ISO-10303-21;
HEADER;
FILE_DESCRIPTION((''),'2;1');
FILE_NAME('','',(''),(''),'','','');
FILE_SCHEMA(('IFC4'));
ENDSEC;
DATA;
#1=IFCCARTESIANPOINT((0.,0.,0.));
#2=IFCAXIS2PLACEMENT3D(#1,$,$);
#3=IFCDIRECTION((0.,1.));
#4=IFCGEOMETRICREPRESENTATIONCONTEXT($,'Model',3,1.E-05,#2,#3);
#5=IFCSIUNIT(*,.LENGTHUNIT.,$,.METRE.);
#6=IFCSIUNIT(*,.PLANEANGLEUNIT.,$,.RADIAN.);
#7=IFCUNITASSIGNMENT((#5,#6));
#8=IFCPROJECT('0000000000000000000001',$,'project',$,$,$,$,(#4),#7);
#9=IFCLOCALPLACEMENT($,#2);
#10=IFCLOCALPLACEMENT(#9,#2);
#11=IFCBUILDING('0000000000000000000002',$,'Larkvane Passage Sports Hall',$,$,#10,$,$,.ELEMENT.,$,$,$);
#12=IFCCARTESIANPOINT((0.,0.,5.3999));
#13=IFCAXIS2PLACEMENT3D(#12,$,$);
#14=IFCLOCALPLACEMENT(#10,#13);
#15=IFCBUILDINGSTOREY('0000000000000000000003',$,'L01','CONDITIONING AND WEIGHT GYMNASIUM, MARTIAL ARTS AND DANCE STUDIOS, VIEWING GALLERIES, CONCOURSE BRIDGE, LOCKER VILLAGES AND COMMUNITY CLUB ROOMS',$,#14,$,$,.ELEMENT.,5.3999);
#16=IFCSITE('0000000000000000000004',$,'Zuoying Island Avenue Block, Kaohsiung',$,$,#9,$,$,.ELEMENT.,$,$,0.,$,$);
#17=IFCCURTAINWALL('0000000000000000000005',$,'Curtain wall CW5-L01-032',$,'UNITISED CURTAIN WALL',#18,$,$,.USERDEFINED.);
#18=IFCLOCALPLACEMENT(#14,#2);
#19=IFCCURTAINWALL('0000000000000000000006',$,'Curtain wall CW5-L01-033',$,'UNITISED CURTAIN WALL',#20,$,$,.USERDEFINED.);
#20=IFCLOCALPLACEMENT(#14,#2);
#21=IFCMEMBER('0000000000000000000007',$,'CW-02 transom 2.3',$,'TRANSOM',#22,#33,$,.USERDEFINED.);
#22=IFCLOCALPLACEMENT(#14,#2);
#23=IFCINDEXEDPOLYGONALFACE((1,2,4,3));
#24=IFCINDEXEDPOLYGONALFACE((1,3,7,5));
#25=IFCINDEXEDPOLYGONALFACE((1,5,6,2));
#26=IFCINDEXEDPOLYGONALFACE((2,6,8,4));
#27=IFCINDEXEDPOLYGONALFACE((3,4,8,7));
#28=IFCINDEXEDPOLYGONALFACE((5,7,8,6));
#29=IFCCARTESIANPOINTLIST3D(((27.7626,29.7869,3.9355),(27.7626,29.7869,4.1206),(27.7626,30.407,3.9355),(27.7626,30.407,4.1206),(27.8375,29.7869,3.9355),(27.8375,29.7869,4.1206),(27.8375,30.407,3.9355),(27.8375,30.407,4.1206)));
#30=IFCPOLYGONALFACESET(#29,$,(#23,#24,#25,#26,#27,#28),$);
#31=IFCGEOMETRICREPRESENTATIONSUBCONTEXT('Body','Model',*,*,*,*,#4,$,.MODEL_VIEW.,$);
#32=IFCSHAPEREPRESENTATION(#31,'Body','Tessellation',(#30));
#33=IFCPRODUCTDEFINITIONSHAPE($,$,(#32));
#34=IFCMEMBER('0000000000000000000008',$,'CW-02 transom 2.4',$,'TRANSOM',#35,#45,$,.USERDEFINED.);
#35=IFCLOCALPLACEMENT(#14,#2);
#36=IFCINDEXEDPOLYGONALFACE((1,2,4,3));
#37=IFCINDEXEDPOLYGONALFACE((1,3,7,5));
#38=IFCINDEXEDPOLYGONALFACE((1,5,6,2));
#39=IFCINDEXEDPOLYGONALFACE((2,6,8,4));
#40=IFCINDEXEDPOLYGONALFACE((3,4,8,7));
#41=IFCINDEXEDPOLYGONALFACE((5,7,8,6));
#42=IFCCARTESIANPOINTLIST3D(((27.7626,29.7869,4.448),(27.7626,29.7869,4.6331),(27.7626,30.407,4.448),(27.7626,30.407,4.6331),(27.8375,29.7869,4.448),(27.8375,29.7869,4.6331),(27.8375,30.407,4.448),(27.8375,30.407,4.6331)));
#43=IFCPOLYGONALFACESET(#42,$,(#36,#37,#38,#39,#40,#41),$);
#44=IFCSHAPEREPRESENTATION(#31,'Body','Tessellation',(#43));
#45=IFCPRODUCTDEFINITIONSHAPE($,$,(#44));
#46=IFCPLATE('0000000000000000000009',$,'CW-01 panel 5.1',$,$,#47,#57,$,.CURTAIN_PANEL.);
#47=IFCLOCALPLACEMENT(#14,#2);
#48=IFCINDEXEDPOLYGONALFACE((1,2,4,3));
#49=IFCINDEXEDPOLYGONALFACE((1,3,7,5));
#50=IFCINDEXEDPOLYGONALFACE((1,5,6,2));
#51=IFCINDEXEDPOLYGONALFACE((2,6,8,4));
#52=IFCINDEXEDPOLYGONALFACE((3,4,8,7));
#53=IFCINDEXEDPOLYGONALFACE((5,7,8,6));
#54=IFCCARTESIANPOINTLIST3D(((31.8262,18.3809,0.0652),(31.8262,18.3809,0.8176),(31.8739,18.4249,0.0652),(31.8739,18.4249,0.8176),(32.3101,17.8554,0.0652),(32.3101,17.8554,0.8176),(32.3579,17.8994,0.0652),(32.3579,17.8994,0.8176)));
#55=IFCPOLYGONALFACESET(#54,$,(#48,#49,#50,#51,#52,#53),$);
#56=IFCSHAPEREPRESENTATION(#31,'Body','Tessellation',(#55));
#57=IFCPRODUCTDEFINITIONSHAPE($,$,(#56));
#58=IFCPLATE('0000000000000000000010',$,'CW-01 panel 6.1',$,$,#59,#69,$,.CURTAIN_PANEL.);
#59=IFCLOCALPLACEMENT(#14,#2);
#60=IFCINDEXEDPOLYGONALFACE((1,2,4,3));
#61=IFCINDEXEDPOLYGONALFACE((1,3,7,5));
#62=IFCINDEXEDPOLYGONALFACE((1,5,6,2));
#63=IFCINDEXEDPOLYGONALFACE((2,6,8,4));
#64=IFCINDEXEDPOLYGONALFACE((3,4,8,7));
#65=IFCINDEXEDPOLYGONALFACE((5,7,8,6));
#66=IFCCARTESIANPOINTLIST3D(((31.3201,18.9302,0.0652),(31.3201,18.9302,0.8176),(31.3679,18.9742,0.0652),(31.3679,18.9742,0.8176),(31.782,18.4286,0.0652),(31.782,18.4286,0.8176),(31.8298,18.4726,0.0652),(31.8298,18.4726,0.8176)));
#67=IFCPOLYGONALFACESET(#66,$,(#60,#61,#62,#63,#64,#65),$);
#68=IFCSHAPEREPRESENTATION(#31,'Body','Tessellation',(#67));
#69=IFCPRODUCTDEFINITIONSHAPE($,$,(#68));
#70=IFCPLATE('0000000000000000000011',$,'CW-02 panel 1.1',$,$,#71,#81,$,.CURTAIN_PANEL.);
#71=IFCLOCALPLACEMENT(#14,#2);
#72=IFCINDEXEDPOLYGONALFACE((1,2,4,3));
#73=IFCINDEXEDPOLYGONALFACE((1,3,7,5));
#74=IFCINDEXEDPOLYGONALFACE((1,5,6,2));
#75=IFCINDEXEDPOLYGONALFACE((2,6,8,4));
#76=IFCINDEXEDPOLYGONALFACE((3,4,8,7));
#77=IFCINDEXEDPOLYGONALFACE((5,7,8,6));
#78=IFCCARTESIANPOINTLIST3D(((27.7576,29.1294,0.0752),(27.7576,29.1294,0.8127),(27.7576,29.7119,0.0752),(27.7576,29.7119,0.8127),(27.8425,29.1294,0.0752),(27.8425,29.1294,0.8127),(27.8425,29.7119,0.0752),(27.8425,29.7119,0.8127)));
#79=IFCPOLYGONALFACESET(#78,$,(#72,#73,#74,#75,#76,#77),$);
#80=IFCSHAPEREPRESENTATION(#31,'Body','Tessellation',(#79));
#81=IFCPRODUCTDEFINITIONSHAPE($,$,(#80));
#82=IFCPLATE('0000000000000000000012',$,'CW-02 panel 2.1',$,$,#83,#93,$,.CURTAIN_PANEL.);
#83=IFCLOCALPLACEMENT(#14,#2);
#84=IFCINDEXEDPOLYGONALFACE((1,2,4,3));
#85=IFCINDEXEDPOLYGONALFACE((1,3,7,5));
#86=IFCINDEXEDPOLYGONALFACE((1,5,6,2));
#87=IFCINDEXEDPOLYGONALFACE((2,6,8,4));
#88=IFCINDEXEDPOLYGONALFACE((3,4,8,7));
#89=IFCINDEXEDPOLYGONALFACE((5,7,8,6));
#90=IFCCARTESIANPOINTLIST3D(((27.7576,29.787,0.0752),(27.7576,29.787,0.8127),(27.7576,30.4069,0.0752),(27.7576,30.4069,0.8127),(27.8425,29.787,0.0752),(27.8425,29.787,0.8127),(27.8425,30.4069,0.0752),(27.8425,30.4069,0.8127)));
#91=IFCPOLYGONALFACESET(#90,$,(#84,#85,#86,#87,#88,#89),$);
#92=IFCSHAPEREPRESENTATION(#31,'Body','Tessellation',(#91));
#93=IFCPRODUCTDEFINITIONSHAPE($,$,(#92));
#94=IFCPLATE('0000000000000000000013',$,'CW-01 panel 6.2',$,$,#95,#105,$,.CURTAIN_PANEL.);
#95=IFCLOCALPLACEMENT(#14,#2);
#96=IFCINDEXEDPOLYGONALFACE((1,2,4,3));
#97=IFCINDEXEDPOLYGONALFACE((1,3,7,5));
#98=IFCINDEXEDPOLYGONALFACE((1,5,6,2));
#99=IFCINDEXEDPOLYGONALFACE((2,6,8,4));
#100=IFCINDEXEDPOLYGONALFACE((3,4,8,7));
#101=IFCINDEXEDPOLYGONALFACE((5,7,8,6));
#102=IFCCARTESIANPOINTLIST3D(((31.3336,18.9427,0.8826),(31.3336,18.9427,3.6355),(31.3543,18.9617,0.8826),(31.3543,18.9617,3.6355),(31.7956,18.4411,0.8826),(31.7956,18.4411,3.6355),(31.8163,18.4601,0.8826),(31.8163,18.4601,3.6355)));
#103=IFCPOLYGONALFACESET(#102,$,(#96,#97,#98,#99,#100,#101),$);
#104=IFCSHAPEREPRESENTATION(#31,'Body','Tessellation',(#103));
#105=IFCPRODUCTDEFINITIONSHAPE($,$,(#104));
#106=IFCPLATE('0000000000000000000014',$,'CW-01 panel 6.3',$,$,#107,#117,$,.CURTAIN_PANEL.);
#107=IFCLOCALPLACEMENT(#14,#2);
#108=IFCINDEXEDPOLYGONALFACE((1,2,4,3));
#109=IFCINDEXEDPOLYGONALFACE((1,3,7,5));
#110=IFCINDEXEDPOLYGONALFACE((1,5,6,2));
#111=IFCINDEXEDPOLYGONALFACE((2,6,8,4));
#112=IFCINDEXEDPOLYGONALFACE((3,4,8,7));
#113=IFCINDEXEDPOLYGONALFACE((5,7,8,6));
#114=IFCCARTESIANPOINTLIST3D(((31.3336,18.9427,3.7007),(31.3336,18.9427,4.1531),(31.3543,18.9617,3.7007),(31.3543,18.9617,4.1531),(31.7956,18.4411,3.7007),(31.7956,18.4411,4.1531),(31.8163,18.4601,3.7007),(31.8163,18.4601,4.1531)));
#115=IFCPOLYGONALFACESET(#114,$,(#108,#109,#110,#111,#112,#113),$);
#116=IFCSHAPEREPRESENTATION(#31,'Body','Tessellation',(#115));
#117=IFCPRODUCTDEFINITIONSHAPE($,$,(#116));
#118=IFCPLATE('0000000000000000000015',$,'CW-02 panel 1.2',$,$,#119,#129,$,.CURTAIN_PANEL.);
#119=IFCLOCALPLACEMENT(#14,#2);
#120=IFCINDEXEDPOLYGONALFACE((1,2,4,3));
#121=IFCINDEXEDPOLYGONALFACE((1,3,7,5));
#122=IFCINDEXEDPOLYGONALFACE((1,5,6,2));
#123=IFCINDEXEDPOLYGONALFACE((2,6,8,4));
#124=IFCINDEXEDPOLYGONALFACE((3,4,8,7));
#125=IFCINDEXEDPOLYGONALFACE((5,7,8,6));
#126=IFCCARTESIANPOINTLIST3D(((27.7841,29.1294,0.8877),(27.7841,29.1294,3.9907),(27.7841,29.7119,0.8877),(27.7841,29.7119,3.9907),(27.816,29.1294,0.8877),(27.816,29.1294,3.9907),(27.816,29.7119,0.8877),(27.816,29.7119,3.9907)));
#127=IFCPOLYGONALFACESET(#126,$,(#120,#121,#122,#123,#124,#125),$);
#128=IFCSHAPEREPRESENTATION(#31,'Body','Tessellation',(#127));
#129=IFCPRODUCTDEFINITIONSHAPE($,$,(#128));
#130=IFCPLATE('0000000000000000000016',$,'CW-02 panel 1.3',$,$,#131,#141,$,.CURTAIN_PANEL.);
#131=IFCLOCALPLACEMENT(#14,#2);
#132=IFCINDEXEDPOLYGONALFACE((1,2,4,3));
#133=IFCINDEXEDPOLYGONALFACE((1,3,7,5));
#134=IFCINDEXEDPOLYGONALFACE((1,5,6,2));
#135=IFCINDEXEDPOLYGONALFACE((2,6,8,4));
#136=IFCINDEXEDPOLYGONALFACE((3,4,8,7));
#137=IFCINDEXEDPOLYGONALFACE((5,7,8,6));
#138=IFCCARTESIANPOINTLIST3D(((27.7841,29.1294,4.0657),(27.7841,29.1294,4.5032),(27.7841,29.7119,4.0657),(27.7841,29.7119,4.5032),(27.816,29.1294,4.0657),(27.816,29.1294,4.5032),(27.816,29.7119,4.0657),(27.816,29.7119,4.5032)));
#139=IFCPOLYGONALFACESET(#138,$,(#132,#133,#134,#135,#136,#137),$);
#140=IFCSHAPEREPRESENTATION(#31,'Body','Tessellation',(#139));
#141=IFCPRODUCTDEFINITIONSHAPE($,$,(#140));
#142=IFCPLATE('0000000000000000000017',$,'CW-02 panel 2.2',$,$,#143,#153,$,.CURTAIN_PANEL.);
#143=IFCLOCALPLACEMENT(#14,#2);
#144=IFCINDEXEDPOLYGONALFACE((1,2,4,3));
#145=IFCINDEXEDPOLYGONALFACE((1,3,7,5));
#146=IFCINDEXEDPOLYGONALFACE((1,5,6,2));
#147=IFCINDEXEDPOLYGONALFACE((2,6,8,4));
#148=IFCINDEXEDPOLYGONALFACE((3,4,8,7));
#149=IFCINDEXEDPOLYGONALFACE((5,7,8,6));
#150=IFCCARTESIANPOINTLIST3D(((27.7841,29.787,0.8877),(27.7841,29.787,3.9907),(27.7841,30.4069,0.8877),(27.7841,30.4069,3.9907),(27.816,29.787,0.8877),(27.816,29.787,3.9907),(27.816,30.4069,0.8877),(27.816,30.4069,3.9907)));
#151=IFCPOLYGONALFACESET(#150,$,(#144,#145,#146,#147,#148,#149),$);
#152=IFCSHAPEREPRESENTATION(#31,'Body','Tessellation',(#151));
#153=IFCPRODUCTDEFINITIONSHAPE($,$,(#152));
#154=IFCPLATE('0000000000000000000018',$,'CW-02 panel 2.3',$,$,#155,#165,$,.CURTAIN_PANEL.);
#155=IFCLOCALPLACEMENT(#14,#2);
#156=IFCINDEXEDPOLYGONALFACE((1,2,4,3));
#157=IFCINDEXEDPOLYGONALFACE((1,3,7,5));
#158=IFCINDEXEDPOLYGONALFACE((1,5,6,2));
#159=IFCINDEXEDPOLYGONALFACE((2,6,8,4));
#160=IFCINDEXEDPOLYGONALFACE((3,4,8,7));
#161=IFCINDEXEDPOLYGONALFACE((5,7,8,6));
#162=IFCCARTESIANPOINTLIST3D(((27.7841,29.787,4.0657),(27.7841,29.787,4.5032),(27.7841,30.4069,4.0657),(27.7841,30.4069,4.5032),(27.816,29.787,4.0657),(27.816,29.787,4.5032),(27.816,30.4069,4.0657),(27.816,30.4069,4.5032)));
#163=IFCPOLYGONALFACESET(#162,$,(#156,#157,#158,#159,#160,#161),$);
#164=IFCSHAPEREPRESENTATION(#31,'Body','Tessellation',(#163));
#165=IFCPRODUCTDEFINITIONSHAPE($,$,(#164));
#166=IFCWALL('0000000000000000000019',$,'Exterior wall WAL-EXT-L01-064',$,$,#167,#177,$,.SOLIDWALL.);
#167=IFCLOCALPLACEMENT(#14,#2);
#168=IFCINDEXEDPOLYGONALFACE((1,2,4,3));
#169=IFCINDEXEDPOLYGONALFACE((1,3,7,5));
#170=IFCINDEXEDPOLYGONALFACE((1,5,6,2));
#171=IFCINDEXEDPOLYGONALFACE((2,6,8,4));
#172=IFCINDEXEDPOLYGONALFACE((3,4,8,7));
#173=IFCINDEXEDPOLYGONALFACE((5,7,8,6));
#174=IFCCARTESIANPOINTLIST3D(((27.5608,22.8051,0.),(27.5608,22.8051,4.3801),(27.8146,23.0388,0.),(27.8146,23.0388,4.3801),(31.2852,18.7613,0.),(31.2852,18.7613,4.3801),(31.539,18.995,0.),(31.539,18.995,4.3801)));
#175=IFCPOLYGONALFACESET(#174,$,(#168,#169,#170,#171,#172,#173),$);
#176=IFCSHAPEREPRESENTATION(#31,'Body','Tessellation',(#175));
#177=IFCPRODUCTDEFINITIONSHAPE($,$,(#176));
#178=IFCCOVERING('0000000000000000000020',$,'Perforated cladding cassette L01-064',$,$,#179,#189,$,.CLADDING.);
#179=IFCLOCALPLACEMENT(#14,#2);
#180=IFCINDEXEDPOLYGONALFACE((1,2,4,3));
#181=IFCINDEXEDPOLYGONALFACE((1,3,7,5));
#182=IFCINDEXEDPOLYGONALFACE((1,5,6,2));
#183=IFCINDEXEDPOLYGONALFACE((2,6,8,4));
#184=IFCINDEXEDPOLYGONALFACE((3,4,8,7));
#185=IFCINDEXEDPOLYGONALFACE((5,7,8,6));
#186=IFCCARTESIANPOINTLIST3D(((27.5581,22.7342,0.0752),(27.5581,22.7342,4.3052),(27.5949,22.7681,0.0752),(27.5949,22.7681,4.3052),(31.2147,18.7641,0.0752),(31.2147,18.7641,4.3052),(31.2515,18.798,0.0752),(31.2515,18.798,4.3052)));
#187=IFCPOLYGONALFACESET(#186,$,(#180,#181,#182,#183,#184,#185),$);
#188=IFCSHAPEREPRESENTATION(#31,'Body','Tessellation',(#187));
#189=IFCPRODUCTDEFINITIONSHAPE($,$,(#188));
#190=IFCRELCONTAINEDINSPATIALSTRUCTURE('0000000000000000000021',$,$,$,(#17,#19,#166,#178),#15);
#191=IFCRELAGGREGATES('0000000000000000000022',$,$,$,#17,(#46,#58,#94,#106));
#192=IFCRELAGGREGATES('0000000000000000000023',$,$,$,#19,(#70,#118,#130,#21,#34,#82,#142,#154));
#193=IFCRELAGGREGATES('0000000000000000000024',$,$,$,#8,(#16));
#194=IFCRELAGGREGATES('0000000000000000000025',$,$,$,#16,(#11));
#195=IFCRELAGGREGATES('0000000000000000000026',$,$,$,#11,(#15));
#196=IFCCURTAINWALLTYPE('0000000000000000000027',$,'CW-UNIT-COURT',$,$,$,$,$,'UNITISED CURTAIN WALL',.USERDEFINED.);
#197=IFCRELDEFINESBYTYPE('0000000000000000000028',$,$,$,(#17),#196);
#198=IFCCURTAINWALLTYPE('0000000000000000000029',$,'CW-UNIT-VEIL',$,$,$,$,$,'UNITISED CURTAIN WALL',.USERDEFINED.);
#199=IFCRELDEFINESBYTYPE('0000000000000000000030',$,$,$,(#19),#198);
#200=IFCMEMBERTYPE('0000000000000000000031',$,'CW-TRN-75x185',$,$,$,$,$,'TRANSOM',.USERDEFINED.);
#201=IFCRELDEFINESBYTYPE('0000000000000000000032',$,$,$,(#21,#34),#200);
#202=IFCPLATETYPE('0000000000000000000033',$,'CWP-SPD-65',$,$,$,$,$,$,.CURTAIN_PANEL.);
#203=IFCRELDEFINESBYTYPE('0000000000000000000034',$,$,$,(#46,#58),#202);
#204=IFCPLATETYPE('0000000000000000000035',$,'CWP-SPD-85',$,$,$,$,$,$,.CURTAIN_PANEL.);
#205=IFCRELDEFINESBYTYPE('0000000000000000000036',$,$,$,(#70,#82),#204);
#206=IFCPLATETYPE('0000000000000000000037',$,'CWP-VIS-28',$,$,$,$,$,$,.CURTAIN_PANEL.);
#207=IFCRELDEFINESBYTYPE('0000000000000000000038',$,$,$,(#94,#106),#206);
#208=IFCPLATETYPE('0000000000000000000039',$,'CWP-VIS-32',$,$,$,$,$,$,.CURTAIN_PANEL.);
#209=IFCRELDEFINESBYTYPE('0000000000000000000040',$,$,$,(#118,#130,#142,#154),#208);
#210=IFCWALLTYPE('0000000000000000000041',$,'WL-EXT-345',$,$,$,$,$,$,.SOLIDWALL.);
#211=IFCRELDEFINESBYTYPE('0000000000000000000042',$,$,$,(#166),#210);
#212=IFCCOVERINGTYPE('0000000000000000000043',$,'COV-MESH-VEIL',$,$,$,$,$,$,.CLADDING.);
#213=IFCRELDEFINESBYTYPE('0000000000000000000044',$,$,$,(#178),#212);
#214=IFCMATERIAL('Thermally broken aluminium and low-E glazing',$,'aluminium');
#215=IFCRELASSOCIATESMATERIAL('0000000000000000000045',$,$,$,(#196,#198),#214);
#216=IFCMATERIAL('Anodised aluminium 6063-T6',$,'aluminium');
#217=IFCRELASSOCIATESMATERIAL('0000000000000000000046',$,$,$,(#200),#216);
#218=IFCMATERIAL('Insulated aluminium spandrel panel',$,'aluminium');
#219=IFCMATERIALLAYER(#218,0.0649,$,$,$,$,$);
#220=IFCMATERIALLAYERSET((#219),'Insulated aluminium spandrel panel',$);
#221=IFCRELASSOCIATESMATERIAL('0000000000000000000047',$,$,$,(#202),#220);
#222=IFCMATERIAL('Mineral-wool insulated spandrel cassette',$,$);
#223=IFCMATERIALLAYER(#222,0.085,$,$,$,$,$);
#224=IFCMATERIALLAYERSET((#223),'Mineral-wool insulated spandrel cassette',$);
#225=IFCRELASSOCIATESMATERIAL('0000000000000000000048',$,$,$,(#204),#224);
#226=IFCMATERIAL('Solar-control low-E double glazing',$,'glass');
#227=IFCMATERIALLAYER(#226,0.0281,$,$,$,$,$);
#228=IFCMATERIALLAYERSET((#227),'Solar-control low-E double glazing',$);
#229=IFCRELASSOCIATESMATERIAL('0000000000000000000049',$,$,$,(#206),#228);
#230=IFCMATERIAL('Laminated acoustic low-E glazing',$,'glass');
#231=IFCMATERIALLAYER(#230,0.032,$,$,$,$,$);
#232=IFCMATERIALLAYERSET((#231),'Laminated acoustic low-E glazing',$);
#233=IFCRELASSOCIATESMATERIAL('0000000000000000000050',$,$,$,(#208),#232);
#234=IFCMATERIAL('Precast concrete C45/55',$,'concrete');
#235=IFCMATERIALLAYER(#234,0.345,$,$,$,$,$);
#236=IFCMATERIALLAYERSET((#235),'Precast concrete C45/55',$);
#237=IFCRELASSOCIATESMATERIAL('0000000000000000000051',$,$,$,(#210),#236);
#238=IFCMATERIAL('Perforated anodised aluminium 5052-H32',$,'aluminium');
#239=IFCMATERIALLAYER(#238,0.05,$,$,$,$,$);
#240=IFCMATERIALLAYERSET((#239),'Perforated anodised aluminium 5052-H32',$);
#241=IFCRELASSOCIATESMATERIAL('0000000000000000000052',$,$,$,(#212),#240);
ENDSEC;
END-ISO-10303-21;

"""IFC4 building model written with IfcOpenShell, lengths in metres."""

from ifc_helpers import new_model, si_unit, direction, frame, frame_2d, origin, origin_2d, place, context, subcontext, project, spatial, rectangle, extrude, material, layer, layer_set, material_profile, profile_set, type_object, element, aggregate, save


model = new_model("IFC4")

# Units and contexts
model_context = context("Model", 3, precision=1e-05, world=origin(), true_north=direction((0.0, 1.0)))
body_context = subcontext(model_context, "Body", "Model", "MODEL_VIEW")
ifc_project = project(units=[si_unit("LENGTHUNIT", "METRE"), si_unit("PLANEANGLEUNIT", "RADIAN")], contexts=[model_context])

# Site, building, storey
site_placement = place(None, origin())
site = spatial("IfcSite", under=ifc_project, at=site_placement, Name="Zuoying Island Avenue Block, Kaohsiung", CompositionType="ELEMENT", RefElevation=0.0)
building_placement = place(site_placement, origin())
building = spatial("IfcBuilding", under=site, at=building_placement, Name="Larkvane Passage Sports Hall", CompositionType="ELEMENT")
storey_placement = place(building_placement, frame((0.0, 0.0, 5.3999)))
storey = spatial("IfcBuildingStorey", under=building, at=storey_placement, Name="L01", Description="CONDITIONING AND WEIGHT GYMNASIUM, MARTIAL ARTS AND DANCE STUDIOS, VIEWING GALLERIES, CONCOURSE BRIDGE, LOCKER VILLAGES AND COMMUNITY CLUB ROOMS", CompositionType="ELEMENT", Elevation=5.3999)

# Curtain walls
ifc_material_1 = material(Name="Thermally broken aluminium and low-E glazing", Category="aluminium")
curtain_wall_type_1 = type_object("IfcCurtainWallType", Name="CW-UNIT-COURT", ElementType="UNITISED CURTAIN WALL", PredefinedType="USERDEFINED", material=ifc_material_1)
curtain_wall_1_placement = place(storey_placement, origin())
curtain_wall_1 = element("IfcCurtainWall", 1, at=curtain_wall_1_placement, inside=storey, type_object=curtain_wall_type_1, Name="Curtain wall CW5-L01-032", ObjectType="UNITISED CURTAIN WALL", PredefinedType="USERDEFINED")
ifc_material_2 = material(Name="Anodised aluminium 6063-T6", Category="aluminium")
curtain_wall_type_2 = type_object("IfcCurtainWallType", Name="CW-UNIT-VEIL", ElementType="UNITISED CURTAIN WALL", PredefinedType="USERDEFINED", material=ifc_material_1)
curtain_wall_2_placement = place(storey_placement, origin())
curtain_wall_2 = element("IfcCurtainWall", 2, at=curtain_wall_2_placement, inside=storey, type_object=curtain_wall_type_2, Name="Curtain wall CW5-L01-033", ObjectType="UNITISED CURTAIN WALL", PredefinedType="USERDEFINED")

# Members
ifc_material_profile_1 = material_profile(ifc_material_2, rectangle(XDim=0.075, YDim=0.1851, at=origin_2d()), Name="ALU-TRN-75x185")
ifc_profile_set_1 = profile_set([ifc_material_profile_1], Name="Anodised aluminium 6063-T6")
member_type_1 = type_object("IfcMemberType", Name="CW-TRN-75x185", ElementType="TRANSOM", PredefinedType="USERDEFINED", material=ifc_profile_set_1)
member_1_placement = place(storey_placement, frame((27.8, 29.7869, 4.0281), z_axis=(0.0, 1.0, 0.0), x_axis=(-1.0, 0.0, 0.0)))
member_1 = element("IfcMember", 3, at=member_1_placement, type_object=member_type_1, Name="CW-02 transom 2.3", ObjectType="TRANSOM", PredefinedType="USERDEFINED", context=body_context, shape_type="SweptSolid", body=[
    extrude(rectangle(XDim=0.075, YDim=0.1851, at=origin_2d()), origin(), (0.0, 0.0, 1.0), 0.6201),
])
member_2_placement = place(storey_placement, frame((27.8, 29.7869, 4.5405), z_axis=(0.0, 1.0, 0.0), x_axis=(-1.0, 0.0, 0.0)))
member_2 = element("IfcMember", 4, at=member_2_placement, type_object=member_type_1, Name="CW-02 transom 2.4", ObjectType="TRANSOM", PredefinedType="USERDEFINED", context=body_context, shape_type="SweptSolid", body=[
    extrude(rectangle(XDim=0.075, YDim=0.1851, at=origin_2d()), origin(), (0.0, 0.0, 1.0), 0.6201),
])

# Plates
ifc_material_3 = material(Name="Insulated aluminium spandrel panel", Category="aluminium")
ifc_layer_1 = layer(ifc_material_3, 0.0649)
ifc_layer_set_1 = layer_set([ifc_layer_1], Name="Insulated aluminium spandrel panel")
plate_type_1 = type_object("IfcPlateType", Name="CWP-SPD-65", PredefinedType="CURTAIN_PANEL", material=ifc_layer_set_1)
plate_1_placement = place(storey_placement, frame((32.092, 18.1401, 0.0652), z_axis=(0.0, 0.0, 1.0), x_axis=(-0.677478, 0.735543, 0.0)))
plate_1 = element("IfcPlate", 5, at=plate_1_placement, type_object=plate_type_1, Name="CW-01 panel 5.1", PredefinedType="CURTAIN_PANEL", context=body_context, shape_type="SweptSolid", body=[
    extrude(rectangle(XDim=0.7144, YDim=0.0649, at=origin_2d()), origin(), (0.0, 0.0, 1.0), 0.7524),
])
plate_2_placement = place(storey_placement, frame((31.575, 18.7014, 0.0652), z_axis=(0.0, 0.0, 1.0), x_axis=(-0.677478, 0.735543, 0.0)))
plate_2 = element("IfcPlate", 6, at=plate_2_placement, type_object=plate_type_1, Name="CW-01 panel 6.1", PredefinedType="CURTAIN_PANEL", context=body_context, shape_type="SweptSolid", body=[
    extrude(rectangle(XDim=0.6819, YDim=0.0649, at=origin_2d()), origin(), (0.0, 0.0, 1.0), 0.7524),
])
ifc_material_4 = material(Name="Mineral-wool insulated spandrel cassette")
ifc_layer_2 = layer(ifc_material_4, 0.085)
ifc_layer_set_2 = layer_set([ifc_layer_2], Name="Mineral-wool insulated spandrel cassette")
plate_type_2 = type_object("IfcPlateType", Name="CWP-SPD-85", PredefinedType="CURTAIN_PANEL", material=ifc_layer_set_2)
plate_3_placement = place(storey_placement, frame((27.8, 29.4207, 0.0752), z_axis=(0.0, 0.0, 1.0), x_axis=(0.0, 1.0, 0.0)))
plate_3 = element("IfcPlate", 7, at=plate_3_placement, type_object=plate_type_2, Name="CW-02 panel 1.1", PredefinedType="CURTAIN_PANEL", context=body_context, shape_type="SweptSolid", body=[
    extrude(rectangle(XDim=0.5825, YDim=0.085, at=origin_2d()), origin(), (0.0, 0.0, 1.0), 0.7375),
])
plate_4_placement = place(storey_placement, frame((27.8, 30.0969, 0.0752), z_axis=(0.0, 0.0, 1.0), x_axis=(0.0, 1.0, 0.0)))
plate_4 = element("IfcPlate", 8, at=plate_4_placement, type_object=plate_type_2, Name="CW-02 panel 2.1", PredefinedType="CURTAIN_PANEL", context=body_context, shape_type="SweptSolid", body=[
    extrude(rectangle(XDim=0.6199, YDim=0.085, at=origin_2d()), origin(), (0.0, 0.0, 1.0), 0.7375),
])
ifc_material_5 = material(Name="Solar-control low-E double glazing", Category="glass")
ifc_layer_3 = layer(ifc_material_5, 0.0281)
ifc_layer_set_3 = layer_set([ifc_layer_3], Name="Solar-control low-E double glazing")
plate_type_3 = type_object("IfcPlateType", Name="CWP-VIS-28", PredefinedType="CURTAIN_PANEL", material=ifc_layer_set_3)
plate_5_placement = place(storey_placement, frame((31.575, 18.7014, 0.8826), z_axis=(0.0, 0.0, 1.0), x_axis=(-0.677478, 0.735543, 0.0)))
plate_5 = element("IfcPlate", 9, at=plate_5_placement, type_object=plate_type_3, Name="CW-01 panel 6.2", PredefinedType="CURTAIN_PANEL", context=body_context, shape_type="SweptSolid", body=[
    extrude(rectangle(XDim=0.6819, YDim=0.0281, at=origin_2d()), origin(), (0.0, 0.0, 1.0), 2.7529),
])
plate_6_placement = place(storey_placement, frame((31.575, 18.7014, 3.7007), z_axis=(0.0, 0.0, 1.0), x_axis=(-0.677478, 0.735543, 0.0)))
plate_6 = element("IfcPlate", 10, at=plate_6_placement, type_object=plate_type_3, Name="CW-01 panel 6.3", PredefinedType="CURTAIN_PANEL", context=body_context, shape_type="SweptSolid", body=[
    extrude(rectangle(XDim=0.6819, YDim=0.0281, at=origin_2d()), origin(), (0.0, 0.0, 1.0), 0.4524),
])
aggregate(curtain_wall_1, [plate_1, plate_2, plate_5, plate_6])
ifc_material_6 = material(Name="Laminated acoustic low-E glazing", Category="glass")
ifc_layer_4 = layer(ifc_material_6, 0.032)
ifc_layer_set_4 = layer_set([ifc_layer_4], Name="Laminated acoustic low-E glazing")
plate_type_4 = type_object("IfcPlateType", Name="CWP-VIS-32", PredefinedType="CURTAIN_PANEL", material=ifc_layer_set_4)
plate_7_placement = place(storey_placement, frame((27.8, 29.4207, 0.8877), z_axis=(0.0, 0.0, 1.0), x_axis=(0.0, 1.0, 0.0)))
plate_7 = element("IfcPlate", 11, at=plate_7_placement, type_object=plate_type_4, Name="CW-02 panel 1.2", PredefinedType="CURTAIN_PANEL", context=body_context, shape_type="SweptSolid", body=[
    extrude(rectangle(XDim=0.5825, YDim=0.032, at=origin_2d()), origin(), (0.0, 0.0, 1.0), 3.103),
])
plate_8_placement = place(storey_placement, frame((27.8, 29.4207, 4.0657), z_axis=(0.0, 0.0, 1.0), x_axis=(0.0, 1.0, 0.0)))
plate_8 = element("IfcPlate", 12, at=plate_8_placement, type_object=plate_type_4, Name="CW-02 panel 1.3", PredefinedType="CURTAIN_PANEL", context=body_context, shape_type="SweptSolid", body=[
    extrude(rectangle(XDim=0.5825, YDim=0.032, at=origin_2d()), origin(), (0.0, 0.0, 1.0), 0.4375),
])
plate_9_placement = place(storey_placement, frame((27.8, 30.0969, 0.8877), z_axis=(0.0, 0.0, 1.0), x_axis=(0.0, 1.0, 0.0)))
plate_9 = element("IfcPlate", 13, at=plate_9_placement, type_object=plate_type_4, Name="CW-02 panel 2.2", PredefinedType="CURTAIN_PANEL", context=body_context, shape_type="SweptSolid", body=[
    extrude(rectangle(XDim=0.6199, YDim=0.032, at=origin_2d()), origin(), (0.0, 0.0, 1.0), 3.103),
])
plate_10_placement = place(storey_placement, frame((27.8, 30.0969, 4.0657), z_axis=(0.0, 0.0, 1.0), x_axis=(0.0, 1.0, 0.0)))
plate_10 = element("IfcPlate", 14, at=plate_10_placement, type_object=plate_type_4, Name="CW-02 panel 2.3", PredefinedType="CURTAIN_PANEL", context=body_context, shape_type="SweptSolid", body=[
    extrude(rectangle(XDim=0.6199, YDim=0.032, at=origin_2d()), origin(), (0.0, 0.0, 1.0), 0.4375),
])
aggregate(curtain_wall_2, [plate_3, plate_7, plate_8, member_1, member_2, plate_4, plate_9, plate_10])

# Wall
ifc_material_7 = material(Name="Precast concrete C45/55", Category="concrete")
ifc_layer_5 = layer(ifc_material_7, 0.345)
ifc_layer_set_5 = layer_set([ifc_layer_5], Name="Precast concrete C45/55")
wall_type = type_object("IfcWallType", Name="WL-EXT-345", PredefinedType="SOLIDWALL", material=ifc_layer_set_5)
wall_placement = place(storey_placement, frame((31.4121, 18.8782, 0.0), z_axis=(0.0, 0.0, 1.0), x_axis=(-0.677466, 0.735554, 0.0)))
element("IfcWall", 15, at=wall_placement, inside=storey, type_object=wall_type, Name="Exterior wall WAL-EXT-L01-064", PredefinedType="SOLIDWALL", context=body_context, shape_type="SweptSolid", body=[
    extrude(rectangle(XDim=5.4976, YDim=0.345, at=frame_2d((2.7488, 0.0))), origin(), (0.0, 0.0, 1.0), 4.3801),
])

# Covering
ifc_material_8 = material(Name="Perforated anodised aluminium 5052-H32", Category="aluminium")
ifc_layer_6 = layer(ifc_material_8, 0.05)
ifc_layer_set_6 = layer_set([ifc_layer_6], Name="Perforated anodised aluminium 5052-H32")
covering_type = type_object("IfcCoveringType", Name="COV-MESH-VEIL", PredefinedType="CLADDING", material=ifc_layer_set_6)
covering_placement = place(storey_placement, frame((29.4048, 20.7661, 0.0752), z_axis=(0.0, 0.0, 1.0), x_axis=(-0.677476, 0.735545, 0.0)))
element("IfcCovering", 16, at=covering_placement, inside=storey, type_object=covering_type, Name="Perforated cladding cassette L01-064", PredefinedType="CLADDING", context=body_context, shape_type="SweptSolid", body=[
    extrude(rectangle(XDim=5.3975, YDim=0.05, at=origin_2d()), origin(), (0.0, 0.0, 1.0), 4.23),
])

save(model, "model.ifc")
